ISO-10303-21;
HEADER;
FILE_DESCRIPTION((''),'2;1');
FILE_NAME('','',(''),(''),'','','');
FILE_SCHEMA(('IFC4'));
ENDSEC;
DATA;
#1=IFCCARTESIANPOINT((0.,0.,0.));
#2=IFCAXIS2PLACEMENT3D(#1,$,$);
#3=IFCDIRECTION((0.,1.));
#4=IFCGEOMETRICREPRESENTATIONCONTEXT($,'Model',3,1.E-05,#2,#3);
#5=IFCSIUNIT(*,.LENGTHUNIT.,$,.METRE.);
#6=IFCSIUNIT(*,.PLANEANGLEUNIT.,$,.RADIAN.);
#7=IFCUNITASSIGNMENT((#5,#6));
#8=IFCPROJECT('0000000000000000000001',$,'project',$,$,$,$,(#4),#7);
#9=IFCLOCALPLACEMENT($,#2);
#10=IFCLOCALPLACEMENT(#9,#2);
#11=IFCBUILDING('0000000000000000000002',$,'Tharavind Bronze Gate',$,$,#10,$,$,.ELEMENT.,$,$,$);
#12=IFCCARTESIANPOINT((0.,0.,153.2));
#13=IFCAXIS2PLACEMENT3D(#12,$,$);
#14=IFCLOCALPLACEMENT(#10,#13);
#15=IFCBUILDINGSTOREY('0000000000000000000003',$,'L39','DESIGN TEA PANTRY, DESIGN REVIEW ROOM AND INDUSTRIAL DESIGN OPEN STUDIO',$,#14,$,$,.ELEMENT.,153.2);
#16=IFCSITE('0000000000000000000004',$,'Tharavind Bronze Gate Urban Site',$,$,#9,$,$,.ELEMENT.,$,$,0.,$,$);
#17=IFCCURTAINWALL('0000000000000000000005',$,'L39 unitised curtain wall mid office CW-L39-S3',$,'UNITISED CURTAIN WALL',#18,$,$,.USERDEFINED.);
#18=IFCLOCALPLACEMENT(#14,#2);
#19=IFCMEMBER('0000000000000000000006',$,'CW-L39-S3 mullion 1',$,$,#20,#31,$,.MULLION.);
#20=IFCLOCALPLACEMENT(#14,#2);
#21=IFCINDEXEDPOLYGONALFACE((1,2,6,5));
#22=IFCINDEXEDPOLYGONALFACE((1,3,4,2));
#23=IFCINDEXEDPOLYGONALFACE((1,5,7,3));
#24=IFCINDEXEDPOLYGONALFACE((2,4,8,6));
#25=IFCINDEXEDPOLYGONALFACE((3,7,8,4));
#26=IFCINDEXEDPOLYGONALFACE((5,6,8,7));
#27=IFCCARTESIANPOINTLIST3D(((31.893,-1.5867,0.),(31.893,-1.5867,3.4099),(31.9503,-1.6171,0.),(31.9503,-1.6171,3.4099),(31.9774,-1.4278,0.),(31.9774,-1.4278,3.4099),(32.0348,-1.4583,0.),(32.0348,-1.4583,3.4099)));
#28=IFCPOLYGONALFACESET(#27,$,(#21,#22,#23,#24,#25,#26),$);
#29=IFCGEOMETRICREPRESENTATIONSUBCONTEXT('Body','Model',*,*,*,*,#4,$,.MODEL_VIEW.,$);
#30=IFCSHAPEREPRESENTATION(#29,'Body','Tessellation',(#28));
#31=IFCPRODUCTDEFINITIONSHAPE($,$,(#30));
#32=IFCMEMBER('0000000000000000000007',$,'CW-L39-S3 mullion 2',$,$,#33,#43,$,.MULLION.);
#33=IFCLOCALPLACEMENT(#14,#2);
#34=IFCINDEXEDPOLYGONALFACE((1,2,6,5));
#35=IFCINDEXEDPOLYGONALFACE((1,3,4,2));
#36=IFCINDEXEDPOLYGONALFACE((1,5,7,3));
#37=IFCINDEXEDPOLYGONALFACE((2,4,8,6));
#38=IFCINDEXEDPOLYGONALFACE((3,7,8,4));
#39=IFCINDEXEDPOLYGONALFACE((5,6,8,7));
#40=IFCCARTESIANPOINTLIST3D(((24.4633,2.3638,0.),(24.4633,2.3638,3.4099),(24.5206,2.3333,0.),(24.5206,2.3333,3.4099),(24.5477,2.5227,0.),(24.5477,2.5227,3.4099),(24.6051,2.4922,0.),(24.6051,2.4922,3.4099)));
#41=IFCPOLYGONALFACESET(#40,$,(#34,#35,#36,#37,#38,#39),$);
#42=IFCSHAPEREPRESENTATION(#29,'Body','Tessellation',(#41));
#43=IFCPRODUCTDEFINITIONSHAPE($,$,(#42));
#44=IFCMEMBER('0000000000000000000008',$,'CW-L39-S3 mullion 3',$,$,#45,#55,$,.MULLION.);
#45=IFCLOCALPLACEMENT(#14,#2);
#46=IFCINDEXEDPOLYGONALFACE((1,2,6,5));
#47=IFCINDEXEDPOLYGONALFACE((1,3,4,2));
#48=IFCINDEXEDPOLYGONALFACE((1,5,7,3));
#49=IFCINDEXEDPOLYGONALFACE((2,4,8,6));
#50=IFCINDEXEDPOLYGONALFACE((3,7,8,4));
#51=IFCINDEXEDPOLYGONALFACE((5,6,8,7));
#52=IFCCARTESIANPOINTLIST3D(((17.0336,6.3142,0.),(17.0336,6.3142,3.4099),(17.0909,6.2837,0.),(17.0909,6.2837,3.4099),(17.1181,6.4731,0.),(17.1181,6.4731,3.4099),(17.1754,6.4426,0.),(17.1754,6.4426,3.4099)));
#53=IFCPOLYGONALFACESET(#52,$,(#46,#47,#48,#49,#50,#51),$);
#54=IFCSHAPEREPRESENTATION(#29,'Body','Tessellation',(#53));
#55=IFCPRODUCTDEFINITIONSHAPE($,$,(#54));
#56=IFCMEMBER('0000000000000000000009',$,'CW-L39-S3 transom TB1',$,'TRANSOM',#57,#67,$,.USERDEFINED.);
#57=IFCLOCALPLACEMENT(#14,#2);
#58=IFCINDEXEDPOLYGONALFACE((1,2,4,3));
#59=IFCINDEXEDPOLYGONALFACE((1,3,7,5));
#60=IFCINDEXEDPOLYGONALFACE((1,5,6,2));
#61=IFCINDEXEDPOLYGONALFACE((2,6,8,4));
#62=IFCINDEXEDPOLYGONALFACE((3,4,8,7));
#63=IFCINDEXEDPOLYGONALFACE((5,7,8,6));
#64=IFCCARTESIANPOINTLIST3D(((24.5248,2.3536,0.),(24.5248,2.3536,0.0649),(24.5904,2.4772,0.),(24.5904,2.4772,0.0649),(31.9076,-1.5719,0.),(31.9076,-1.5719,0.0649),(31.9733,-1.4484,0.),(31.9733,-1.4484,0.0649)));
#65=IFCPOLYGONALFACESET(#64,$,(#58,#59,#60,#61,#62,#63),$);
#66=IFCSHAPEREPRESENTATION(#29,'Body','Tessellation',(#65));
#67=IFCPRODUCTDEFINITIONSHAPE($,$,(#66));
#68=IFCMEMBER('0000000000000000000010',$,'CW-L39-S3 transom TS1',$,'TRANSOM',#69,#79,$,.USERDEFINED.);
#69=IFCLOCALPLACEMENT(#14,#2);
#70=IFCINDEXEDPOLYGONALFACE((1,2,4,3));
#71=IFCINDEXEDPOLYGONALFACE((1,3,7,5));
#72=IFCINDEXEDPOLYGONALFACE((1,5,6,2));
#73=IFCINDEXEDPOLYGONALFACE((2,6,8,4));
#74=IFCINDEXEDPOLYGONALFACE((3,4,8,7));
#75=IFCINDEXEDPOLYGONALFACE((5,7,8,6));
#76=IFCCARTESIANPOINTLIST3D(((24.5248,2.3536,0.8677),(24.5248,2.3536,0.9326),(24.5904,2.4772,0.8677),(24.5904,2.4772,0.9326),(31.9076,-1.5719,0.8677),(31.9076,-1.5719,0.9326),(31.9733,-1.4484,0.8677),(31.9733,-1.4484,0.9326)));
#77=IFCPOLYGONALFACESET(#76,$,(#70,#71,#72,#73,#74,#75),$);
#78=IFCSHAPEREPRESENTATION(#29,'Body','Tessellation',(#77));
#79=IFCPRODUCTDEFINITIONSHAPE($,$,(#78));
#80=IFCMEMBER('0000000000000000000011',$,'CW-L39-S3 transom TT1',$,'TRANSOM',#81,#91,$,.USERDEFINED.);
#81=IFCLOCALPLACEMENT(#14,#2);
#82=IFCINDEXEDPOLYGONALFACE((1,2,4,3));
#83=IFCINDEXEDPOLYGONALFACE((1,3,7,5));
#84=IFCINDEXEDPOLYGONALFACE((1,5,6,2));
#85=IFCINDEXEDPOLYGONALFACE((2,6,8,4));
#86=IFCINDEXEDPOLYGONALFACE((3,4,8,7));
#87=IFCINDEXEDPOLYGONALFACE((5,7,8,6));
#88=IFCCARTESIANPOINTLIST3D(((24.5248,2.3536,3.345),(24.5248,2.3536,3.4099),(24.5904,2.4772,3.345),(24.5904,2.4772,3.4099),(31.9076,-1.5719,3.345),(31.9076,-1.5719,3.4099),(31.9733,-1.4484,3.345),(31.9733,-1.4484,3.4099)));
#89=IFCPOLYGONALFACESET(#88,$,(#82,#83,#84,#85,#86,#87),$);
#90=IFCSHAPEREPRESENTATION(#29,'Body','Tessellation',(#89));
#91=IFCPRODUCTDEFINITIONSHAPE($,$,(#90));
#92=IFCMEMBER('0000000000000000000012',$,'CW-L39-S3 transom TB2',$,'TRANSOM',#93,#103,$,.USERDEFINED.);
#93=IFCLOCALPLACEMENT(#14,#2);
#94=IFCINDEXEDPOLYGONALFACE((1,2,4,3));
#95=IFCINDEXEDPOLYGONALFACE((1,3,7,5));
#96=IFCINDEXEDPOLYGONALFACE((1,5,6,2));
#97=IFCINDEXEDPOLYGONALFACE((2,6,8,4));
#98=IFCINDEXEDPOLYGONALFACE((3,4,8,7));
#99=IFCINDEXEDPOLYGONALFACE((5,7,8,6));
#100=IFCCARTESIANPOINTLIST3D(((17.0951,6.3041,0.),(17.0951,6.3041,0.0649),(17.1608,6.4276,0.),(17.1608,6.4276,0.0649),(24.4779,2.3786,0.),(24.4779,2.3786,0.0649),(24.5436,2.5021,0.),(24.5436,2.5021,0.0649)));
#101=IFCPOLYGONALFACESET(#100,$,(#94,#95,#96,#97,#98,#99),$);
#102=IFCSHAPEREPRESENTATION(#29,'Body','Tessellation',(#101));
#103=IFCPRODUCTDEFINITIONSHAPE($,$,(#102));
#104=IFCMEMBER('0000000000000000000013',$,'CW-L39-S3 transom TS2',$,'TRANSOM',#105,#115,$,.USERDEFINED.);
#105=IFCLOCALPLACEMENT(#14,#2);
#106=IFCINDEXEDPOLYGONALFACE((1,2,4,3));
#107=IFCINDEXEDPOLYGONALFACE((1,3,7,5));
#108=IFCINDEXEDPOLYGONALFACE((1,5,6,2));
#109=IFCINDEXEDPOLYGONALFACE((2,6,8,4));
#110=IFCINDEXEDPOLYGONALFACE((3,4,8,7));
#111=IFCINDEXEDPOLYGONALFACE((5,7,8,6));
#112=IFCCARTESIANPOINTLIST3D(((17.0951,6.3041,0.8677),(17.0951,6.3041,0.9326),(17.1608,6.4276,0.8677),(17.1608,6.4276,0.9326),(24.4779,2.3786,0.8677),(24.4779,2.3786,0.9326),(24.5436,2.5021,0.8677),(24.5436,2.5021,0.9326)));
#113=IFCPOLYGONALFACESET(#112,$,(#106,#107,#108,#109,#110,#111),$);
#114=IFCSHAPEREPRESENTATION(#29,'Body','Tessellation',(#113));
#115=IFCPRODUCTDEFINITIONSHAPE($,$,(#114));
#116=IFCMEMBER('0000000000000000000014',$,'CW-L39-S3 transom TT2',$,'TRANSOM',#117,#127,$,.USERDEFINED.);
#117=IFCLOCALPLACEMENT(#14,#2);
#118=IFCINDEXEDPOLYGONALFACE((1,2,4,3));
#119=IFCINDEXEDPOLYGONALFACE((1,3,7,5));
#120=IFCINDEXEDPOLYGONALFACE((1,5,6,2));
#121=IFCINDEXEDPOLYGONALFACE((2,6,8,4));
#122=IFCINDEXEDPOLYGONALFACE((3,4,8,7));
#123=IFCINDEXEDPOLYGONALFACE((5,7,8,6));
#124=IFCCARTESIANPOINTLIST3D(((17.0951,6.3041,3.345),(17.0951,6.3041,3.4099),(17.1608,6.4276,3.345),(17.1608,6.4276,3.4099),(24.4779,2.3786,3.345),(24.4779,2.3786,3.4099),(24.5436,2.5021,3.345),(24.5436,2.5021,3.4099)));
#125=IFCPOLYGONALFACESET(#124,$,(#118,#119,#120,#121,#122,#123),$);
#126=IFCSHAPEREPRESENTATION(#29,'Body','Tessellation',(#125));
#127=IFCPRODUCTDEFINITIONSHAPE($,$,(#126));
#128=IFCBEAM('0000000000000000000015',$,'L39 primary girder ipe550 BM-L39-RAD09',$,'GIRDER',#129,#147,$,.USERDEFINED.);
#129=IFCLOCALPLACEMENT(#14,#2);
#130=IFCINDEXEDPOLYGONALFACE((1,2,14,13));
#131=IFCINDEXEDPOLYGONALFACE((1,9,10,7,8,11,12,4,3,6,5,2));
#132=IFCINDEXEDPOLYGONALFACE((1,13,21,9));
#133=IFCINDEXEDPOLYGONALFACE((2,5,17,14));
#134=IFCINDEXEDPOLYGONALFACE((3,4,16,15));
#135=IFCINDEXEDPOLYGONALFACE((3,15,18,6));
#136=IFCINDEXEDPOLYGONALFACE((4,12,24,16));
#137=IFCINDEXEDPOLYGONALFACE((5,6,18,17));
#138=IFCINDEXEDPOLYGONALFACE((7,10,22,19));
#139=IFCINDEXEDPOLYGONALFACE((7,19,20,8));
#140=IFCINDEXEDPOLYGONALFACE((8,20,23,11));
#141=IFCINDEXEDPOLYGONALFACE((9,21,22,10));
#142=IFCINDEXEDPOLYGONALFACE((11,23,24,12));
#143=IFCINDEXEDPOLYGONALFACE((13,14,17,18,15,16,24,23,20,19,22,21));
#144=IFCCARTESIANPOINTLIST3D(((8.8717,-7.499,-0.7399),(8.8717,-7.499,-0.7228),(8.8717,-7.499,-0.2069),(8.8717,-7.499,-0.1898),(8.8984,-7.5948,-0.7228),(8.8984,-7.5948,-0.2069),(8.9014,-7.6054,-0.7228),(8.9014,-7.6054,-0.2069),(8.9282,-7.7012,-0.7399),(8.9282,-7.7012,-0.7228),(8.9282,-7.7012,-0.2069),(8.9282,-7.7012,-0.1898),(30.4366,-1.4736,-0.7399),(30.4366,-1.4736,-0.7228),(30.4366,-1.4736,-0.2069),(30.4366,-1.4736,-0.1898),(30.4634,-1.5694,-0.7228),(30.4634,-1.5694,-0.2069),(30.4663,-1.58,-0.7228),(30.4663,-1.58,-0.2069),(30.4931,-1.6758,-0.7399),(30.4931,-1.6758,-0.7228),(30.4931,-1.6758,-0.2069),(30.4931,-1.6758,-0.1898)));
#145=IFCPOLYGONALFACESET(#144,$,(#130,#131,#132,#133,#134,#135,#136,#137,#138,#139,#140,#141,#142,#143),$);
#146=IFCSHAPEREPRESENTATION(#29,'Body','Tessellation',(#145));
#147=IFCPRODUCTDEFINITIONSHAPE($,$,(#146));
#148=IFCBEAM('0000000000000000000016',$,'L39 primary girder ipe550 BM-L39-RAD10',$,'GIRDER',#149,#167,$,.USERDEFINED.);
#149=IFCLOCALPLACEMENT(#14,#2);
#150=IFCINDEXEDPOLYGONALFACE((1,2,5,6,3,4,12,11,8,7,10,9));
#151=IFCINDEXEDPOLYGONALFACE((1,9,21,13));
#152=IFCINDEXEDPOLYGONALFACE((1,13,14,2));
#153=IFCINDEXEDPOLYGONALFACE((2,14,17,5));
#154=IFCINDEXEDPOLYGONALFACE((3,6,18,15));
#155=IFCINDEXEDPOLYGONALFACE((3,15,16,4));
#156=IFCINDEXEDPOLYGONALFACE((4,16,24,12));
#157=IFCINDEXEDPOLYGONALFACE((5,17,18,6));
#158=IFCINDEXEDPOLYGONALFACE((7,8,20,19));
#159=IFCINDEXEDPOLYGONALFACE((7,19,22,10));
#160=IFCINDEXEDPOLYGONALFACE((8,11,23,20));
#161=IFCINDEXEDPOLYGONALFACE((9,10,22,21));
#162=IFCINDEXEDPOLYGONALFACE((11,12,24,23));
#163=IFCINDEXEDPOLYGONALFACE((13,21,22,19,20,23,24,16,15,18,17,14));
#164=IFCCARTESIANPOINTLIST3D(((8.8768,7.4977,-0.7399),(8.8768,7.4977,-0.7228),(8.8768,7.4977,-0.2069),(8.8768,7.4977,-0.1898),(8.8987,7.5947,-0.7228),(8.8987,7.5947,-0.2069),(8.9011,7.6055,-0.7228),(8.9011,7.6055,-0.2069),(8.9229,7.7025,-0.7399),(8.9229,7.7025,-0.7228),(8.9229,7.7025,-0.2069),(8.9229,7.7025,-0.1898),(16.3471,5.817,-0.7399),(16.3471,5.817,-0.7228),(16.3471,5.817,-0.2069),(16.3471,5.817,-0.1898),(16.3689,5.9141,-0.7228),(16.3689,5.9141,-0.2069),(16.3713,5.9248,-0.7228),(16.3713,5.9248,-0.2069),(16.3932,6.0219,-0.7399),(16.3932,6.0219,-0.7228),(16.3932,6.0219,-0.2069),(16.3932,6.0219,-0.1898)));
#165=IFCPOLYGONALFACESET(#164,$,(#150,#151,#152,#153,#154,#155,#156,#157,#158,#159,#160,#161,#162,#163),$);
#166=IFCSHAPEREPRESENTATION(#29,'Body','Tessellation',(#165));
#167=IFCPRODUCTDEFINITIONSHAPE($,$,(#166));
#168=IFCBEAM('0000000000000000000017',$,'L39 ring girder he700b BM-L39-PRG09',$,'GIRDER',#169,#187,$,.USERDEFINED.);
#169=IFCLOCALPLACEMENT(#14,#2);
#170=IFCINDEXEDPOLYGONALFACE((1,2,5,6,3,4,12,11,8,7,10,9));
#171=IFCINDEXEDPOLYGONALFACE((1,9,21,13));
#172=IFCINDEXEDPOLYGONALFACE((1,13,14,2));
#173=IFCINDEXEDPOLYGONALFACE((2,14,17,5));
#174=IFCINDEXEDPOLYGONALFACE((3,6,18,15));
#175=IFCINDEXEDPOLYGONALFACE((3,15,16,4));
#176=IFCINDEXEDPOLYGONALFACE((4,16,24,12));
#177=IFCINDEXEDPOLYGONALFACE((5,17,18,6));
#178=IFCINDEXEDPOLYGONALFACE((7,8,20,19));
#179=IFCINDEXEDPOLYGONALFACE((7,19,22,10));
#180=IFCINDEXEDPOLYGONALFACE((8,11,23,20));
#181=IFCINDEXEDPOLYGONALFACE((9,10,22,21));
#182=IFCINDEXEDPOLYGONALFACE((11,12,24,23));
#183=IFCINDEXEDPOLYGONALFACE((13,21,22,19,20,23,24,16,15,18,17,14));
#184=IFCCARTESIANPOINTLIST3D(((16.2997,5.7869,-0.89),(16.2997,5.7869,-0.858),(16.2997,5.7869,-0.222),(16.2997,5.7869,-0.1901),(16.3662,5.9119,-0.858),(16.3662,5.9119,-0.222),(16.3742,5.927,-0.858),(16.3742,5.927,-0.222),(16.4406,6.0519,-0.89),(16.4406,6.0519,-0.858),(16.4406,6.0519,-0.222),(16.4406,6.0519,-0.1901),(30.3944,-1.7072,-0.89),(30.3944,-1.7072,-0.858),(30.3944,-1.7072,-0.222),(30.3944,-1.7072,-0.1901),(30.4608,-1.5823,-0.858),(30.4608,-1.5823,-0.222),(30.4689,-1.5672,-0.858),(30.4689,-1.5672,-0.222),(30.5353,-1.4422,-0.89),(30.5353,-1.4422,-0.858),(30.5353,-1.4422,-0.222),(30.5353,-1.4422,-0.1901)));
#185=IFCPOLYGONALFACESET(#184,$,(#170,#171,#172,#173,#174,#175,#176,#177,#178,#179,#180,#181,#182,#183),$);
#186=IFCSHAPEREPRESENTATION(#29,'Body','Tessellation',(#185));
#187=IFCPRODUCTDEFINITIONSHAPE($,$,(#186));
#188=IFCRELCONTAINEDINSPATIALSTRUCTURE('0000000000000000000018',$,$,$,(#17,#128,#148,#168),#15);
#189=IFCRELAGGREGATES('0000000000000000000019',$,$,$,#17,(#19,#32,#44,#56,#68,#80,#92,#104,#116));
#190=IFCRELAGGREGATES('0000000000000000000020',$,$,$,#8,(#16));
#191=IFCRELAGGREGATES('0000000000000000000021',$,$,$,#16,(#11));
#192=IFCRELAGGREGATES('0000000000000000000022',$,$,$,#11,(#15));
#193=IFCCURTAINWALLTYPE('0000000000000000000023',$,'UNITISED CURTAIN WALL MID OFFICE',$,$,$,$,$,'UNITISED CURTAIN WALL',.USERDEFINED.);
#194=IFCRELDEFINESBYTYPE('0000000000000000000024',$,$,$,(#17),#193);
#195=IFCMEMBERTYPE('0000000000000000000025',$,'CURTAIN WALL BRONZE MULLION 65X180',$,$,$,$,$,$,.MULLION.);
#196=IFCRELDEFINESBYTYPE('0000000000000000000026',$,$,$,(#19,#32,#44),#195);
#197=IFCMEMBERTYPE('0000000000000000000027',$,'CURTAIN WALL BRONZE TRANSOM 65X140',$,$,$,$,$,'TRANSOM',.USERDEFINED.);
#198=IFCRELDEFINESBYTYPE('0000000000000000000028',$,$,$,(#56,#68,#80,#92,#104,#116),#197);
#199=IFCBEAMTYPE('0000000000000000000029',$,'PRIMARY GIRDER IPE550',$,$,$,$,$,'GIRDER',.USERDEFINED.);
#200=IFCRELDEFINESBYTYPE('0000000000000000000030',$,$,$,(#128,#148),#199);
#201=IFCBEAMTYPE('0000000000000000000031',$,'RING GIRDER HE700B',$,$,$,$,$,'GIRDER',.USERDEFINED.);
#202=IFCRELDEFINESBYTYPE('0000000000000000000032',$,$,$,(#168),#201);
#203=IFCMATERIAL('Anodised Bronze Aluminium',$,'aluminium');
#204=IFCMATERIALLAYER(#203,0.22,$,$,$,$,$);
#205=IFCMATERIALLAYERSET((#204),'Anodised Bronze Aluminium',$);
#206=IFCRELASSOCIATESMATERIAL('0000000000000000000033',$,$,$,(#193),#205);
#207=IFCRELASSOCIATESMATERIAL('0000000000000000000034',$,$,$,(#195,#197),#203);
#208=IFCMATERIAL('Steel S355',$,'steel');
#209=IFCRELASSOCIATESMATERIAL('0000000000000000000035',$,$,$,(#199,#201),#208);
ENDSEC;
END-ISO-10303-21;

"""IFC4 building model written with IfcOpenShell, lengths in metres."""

from ifc_helpers import new_model, si_unit, direction, frame, origin, origin_2d, place, context, subcontext, project, spatial, rectangle, i_section, extrude, material, layer, layer_set, material_profile, profile_set, type_object, element, aggregate, save


model = new_model("IFC4")

# Units and contexts
model_context = context("Model", 3, precision=1e-05, world=origin(), true_north=direction((0.0, 1.0)))
body_context = subcontext(model_context, "Body", "Model", "MODEL_VIEW")
ifc_project = project(units=[si_unit("LENGTHUNIT", "METRE"), si_unit("PLANEANGLEUNIT", "RADIAN")], contexts=[model_context])

# Site, building, storey
site_placement = place(None, origin())
site = spatial("IfcSite", under=ifc_project, at=site_placement, Name="Tharavind Bronze Gate Urban Site", CompositionType="ELEMENT", RefElevation=0.0)
building_placement = place(site_placement, origin())
building = spatial("IfcBuilding", under=site, at=building_placement, Name="Tharavind Bronze Gate", CompositionType="ELEMENT")
storey_placement = place(building_placement, frame((0.0, 0.0, 153.2)))
storey = spatial("IfcBuildingStorey", under=building, at=storey_placement, Name="L39", Description="DESIGN TEA PANTRY, DESIGN REVIEW ROOM AND INDUSTRIAL DESIGN OPEN STUDIO", CompositionType="ELEMENT", Elevation=153.2)

# Curtain wall, members
ifc_material_1 = material(Name="Anodised Bronze Aluminium", Category="aluminium")
ifc_layer_1 = layer(ifc_material_1, 0.22)
ifc_layer_set_1 = layer_set([ifc_layer_1], Name="Anodised Bronze Aluminium")
curtain_wall_type = type_object("IfcCurtainWallType", Name="UNITISED CURTAIN WALL MID OFFICE", ElementType="UNITISED CURTAIN WALL", PredefinedType="USERDEFINED", material=ifc_layer_set_1)
curtain_wall_placement = place(storey_placement, origin())
curtain_wall = element("IfcCurtainWall", 1, at=curtain_wall_placement, inside=storey, type_object=curtain_wall_type, Name="L39 unitised curtain wall mid office CW-L39-S3", ObjectType="UNITISED CURTAIN WALL", PredefinedType="USERDEFINED")
member_type_1 = type_object("IfcMemberType", Name="CURTAIN WALL BRONZE MULLION 65X180", PredefinedType="MULLION", material=ifc_material_1)
member_1_placement = place(storey_placement, frame((31.9639, -1.5225, 0.0), z_axis=(0.0, 0.0, 1.0), x_axis=(-0.882948, 0.469472, 0.0)))
member_1 = element("IfcMember", 2, at=member_1_placement, type_object=member_type_1, Name="CW-L39-S3 mullion 1", PredefinedType="MULLION", context=body_context, shape_type="SweptSolid", body=[
    extrude(rectangle(XDim=0.0649, YDim=0.1799, at=origin_2d()), origin(), (0.0, 0.0, 1.0), 3.4099),
])
member_2_placement = place(storey_placement, frame((24.5342, 2.428, 0.0), z_axis=(0.0, 0.0, 1.0), x_axis=(-0.882948, 0.469472, 0.0)))
member_2 = element("IfcMember", 3, at=member_2_placement, type_object=member_type_1, Name="CW-L39-S3 mullion 2", PredefinedType="MULLION", context=body_context, shape_type="SweptSolid", body=[
    extrude(rectangle(XDim=0.0649, YDim=0.1799, at=origin_2d()), origin(), (0.0, 0.0, 1.0), 3.4099),
])
member_3_placement = place(storey_placement, frame((17.1045, 6.3784, 0.0), z_axis=(0.0, 0.0, 1.0), x_axis=(-0.882948, 0.469472, 0.0)))
member_3 = element("IfcMember", 4, at=member_3_placement, type_object=member_type_1, Name="CW-L39-S3 mullion 3", PredefinedType="MULLION", context=body_context, shape_type="SweptSolid", body=[
    extrude(rectangle(XDim=0.0649, YDim=0.1799, at=origin_2d()), origin(), (0.0, 0.0, 1.0), 3.4099),
])
member_type_2 = type_object("IfcMemberType", Name="CURTAIN WALL BRONZE TRANSOM 65X140", ElementType="TRANSOM", PredefinedType="USERDEFINED", material=ifc_material_1)
member_4_placement = place(storey_placement, frame((28.249, 0.4526, 0.0), z_axis=(0.0, 0.0, 1.0), x_axis=(-0.882948, 0.469472, 0.0)))
member_4 = element("IfcMember", 5, at=member_4_placement, type_object=member_type_2, Name="CW-L39-S3 transom TB1", ObjectType="TRANSOM", PredefinedType="USERDEFINED", context=body_context, shape_type="SweptSolid", body=[
    extrude(rectangle(XDim=8.3616, YDim=0.1399, at=origin_2d()), origin(), (0.0, 0.0, 1.0), 0.0649),
])
member_5_placement = place(storey_placement, frame((28.249, 0.4526, 0.8677), z_axis=(0.0, 0.0, 1.0), x_axis=(-0.882948, 0.469472, 0.0)))
member_5 = element("IfcMember", 6, at=member_5_placement, type_object=member_type_2, Name="CW-L39-S3 transom TS1", ObjectType="TRANSOM", PredefinedType="USERDEFINED", context=body_context, shape_type="SweptSolid", body=[
    extrude(rectangle(XDim=8.3616, YDim=0.1399, at=origin_2d()), origin(), (0.0, 0.0, 1.0), 0.0649),
])
member_6_placement = place(storey_placement, frame((28.249, 0.4526, 3.345), z_axis=(0.0, 0.0, 1.0), x_axis=(-0.882948, 0.469472, 0.0)))
member_6 = element("IfcMember", 7, at=member_6_placement, type_object=member_type_2, Name="CW-L39-S3 transom TT1", ObjectType="TRANSOM", PredefinedType="USERDEFINED", context=body_context, shape_type="SweptSolid", body=[
    extrude(rectangle(XDim=8.3616, YDim=0.1399, at=origin_2d()), origin(), (0.0, 0.0, 1.0), 0.0649),
])
member_7_placement = place(storey_placement, frame((20.8193, 4.4031, 0.0), z_axis=(0.0, 0.0, 1.0), x_axis=(-0.882948, 0.469472, 0.0)))
member_7 = element("IfcMember", 8, at=member_7_placement, type_object=member_type_2, Name="CW-L39-S3 transom TB2", ObjectType="TRANSOM", PredefinedType="USERDEFINED", context=body_context, shape_type="SweptSolid", body=[
    extrude(rectangle(XDim=8.3616, YDim=0.1399, at=origin_2d()), origin(), (0.0, 0.0, 1.0), 0.0649),
])
member_8_placement = place(storey_placement, frame((20.8193, 4.4031, 0.8677), z_axis=(0.0, 0.0, 1.0), x_axis=(-0.882948, 0.469472, 0.0)))
member_8 = element("IfcMember", 9, at=member_8_placement, type_object=member_type_2, Name="CW-L39-S3 transom TS2", ObjectType="TRANSOM", PredefinedType="USERDEFINED", context=body_context, shape_type="SweptSolid", body=[
    extrude(rectangle(XDim=8.3616, YDim=0.1399, at=origin_2d()), origin(), (0.0, 0.0, 1.0), 0.0649),
])
member_9_placement = place(storey_placement, frame((20.8193, 4.4031, 3.345), z_axis=(0.0, 0.0, 1.0), x_axis=(-0.882948, 0.469472, 0.0)))
member_9 = element("IfcMember", 10, at=member_9_placement, type_object=member_type_2, Name="CW-L39-S3 transom TT2", ObjectType="TRANSOM", PredefinedType="USERDEFINED", context=body_context, shape_type="SweptSolid", body=[
    extrude(rectangle(XDim=8.3616, YDim=0.1399, at=origin_2d()), origin(), (0.0, 0.0, 1.0), 0.0649),
])

# Beams
ifc_material_2 = material(Name="Steel S355", Category="steel")
ifc_material_profile_1 = material_profile(ifc_material_2, i_section(OverallWidth=0.21, OverallDepth=0.55, WebThickness=0.011, FlangeThickness=0.0171, at=origin_2d()), Name="IPE550")
ifc_profile_set_1 = profile_set([ifc_material_profile_1], Name="Steel S355")
beam_type_1 = type_object("IfcBeamType", Name="PRIMARY GIRDER IPE550", ElementType="GIRDER", PredefinedType="USERDEFINED", material=ifc_profile_set_1)
beam_1_placement = place(storey_placement, frame((30.4648, -1.5747, -0.4648), z_axis=(-0.963112, -0.2691, 0.0), x_axis=(0.2691, -0.963112, 0.0)))
element("IfcBeam", 11, at=beam_1_placement, inside=storey, type_object=beam_type_1, Name="L39 primary girder ipe550 BM-L39-RAD09", ObjectType="GIRDER", PredefinedType="USERDEFINED", context=body_context, shape_type="SweptSolid", body=[
    extrude(i_section(OverallWidth=0.21, OverallDepth=0.55, WebThickness=0.011, FlangeThickness=0.0171, at=origin_2d()), origin(), (0.0, 0.0, 1.0), 22.3909),
])
beam_2_placement = place(storey_placement, frame((16.3701, 5.9194, -0.4648), z_axis=(-0.975614, 0.219496, 0.0), x_axis=(-0.219496, -0.975614, 0.0)))
element("IfcBeam", 12, at=beam_2_placement, inside=storey, type_object=beam_type_1, Name="L39 primary girder ipe550 BM-L39-RAD10", ObjectType="GIRDER", PredefinedType="USERDEFINED", context=body_context, shape_type="SweptSolid", body=[
    extrude(i_section(OverallWidth=0.21, OverallDepth=0.55, WebThickness=0.011, FlangeThickness=0.0171, at=origin_2d()), origin(), (0.0, 0.0, 1.0), 7.657),
])
ifc_material_profile_2 = material_profile(ifc_material_2, i_section(OverallWidth=0.3, OverallDepth=0.7, WebThickness=0.0171, FlangeThickness=0.032, at=origin_2d()), Name="HE700B")
ifc_profile_set_2 = profile_set([ifc_material_profile_2], Name="Steel S355")
beam_type_2 = type_object("IfcBeamType", Name="RING GIRDER HE700B", ElementType="GIRDER", PredefinedType="USERDEFINED", material=ifc_profile_set_2)
beam_3_placement = place(storey_placement, frame((30.4648, -1.5747, -0.54), z_axis=(-0.882952, 0.469464, 0.0), x_axis=(-0.469464, -0.882952, 0.0)))
element("IfcBeam", 13, at=beam_3_placement, inside=storey, type_object=beam_type_2, Name="L39 ring girder he700b BM-L39-PRG09", ObjectType="GIRDER", PredefinedType="USERDEFINED", context=body_context, shape_type="SweptSolid", body=[
    extrude(i_section(OverallWidth=0.3, OverallDepth=0.7, WebThickness=0.0171, FlangeThickness=0.032, at=origin_2d()), origin(), (0.0, 0.0, 1.0), 15.9631),
])

aggregate(curtain_wall, [member_1, member_2, member_3, member_4, member_5, member_6, member_7, member_8, member_9])

save(model, "model.ifc")
